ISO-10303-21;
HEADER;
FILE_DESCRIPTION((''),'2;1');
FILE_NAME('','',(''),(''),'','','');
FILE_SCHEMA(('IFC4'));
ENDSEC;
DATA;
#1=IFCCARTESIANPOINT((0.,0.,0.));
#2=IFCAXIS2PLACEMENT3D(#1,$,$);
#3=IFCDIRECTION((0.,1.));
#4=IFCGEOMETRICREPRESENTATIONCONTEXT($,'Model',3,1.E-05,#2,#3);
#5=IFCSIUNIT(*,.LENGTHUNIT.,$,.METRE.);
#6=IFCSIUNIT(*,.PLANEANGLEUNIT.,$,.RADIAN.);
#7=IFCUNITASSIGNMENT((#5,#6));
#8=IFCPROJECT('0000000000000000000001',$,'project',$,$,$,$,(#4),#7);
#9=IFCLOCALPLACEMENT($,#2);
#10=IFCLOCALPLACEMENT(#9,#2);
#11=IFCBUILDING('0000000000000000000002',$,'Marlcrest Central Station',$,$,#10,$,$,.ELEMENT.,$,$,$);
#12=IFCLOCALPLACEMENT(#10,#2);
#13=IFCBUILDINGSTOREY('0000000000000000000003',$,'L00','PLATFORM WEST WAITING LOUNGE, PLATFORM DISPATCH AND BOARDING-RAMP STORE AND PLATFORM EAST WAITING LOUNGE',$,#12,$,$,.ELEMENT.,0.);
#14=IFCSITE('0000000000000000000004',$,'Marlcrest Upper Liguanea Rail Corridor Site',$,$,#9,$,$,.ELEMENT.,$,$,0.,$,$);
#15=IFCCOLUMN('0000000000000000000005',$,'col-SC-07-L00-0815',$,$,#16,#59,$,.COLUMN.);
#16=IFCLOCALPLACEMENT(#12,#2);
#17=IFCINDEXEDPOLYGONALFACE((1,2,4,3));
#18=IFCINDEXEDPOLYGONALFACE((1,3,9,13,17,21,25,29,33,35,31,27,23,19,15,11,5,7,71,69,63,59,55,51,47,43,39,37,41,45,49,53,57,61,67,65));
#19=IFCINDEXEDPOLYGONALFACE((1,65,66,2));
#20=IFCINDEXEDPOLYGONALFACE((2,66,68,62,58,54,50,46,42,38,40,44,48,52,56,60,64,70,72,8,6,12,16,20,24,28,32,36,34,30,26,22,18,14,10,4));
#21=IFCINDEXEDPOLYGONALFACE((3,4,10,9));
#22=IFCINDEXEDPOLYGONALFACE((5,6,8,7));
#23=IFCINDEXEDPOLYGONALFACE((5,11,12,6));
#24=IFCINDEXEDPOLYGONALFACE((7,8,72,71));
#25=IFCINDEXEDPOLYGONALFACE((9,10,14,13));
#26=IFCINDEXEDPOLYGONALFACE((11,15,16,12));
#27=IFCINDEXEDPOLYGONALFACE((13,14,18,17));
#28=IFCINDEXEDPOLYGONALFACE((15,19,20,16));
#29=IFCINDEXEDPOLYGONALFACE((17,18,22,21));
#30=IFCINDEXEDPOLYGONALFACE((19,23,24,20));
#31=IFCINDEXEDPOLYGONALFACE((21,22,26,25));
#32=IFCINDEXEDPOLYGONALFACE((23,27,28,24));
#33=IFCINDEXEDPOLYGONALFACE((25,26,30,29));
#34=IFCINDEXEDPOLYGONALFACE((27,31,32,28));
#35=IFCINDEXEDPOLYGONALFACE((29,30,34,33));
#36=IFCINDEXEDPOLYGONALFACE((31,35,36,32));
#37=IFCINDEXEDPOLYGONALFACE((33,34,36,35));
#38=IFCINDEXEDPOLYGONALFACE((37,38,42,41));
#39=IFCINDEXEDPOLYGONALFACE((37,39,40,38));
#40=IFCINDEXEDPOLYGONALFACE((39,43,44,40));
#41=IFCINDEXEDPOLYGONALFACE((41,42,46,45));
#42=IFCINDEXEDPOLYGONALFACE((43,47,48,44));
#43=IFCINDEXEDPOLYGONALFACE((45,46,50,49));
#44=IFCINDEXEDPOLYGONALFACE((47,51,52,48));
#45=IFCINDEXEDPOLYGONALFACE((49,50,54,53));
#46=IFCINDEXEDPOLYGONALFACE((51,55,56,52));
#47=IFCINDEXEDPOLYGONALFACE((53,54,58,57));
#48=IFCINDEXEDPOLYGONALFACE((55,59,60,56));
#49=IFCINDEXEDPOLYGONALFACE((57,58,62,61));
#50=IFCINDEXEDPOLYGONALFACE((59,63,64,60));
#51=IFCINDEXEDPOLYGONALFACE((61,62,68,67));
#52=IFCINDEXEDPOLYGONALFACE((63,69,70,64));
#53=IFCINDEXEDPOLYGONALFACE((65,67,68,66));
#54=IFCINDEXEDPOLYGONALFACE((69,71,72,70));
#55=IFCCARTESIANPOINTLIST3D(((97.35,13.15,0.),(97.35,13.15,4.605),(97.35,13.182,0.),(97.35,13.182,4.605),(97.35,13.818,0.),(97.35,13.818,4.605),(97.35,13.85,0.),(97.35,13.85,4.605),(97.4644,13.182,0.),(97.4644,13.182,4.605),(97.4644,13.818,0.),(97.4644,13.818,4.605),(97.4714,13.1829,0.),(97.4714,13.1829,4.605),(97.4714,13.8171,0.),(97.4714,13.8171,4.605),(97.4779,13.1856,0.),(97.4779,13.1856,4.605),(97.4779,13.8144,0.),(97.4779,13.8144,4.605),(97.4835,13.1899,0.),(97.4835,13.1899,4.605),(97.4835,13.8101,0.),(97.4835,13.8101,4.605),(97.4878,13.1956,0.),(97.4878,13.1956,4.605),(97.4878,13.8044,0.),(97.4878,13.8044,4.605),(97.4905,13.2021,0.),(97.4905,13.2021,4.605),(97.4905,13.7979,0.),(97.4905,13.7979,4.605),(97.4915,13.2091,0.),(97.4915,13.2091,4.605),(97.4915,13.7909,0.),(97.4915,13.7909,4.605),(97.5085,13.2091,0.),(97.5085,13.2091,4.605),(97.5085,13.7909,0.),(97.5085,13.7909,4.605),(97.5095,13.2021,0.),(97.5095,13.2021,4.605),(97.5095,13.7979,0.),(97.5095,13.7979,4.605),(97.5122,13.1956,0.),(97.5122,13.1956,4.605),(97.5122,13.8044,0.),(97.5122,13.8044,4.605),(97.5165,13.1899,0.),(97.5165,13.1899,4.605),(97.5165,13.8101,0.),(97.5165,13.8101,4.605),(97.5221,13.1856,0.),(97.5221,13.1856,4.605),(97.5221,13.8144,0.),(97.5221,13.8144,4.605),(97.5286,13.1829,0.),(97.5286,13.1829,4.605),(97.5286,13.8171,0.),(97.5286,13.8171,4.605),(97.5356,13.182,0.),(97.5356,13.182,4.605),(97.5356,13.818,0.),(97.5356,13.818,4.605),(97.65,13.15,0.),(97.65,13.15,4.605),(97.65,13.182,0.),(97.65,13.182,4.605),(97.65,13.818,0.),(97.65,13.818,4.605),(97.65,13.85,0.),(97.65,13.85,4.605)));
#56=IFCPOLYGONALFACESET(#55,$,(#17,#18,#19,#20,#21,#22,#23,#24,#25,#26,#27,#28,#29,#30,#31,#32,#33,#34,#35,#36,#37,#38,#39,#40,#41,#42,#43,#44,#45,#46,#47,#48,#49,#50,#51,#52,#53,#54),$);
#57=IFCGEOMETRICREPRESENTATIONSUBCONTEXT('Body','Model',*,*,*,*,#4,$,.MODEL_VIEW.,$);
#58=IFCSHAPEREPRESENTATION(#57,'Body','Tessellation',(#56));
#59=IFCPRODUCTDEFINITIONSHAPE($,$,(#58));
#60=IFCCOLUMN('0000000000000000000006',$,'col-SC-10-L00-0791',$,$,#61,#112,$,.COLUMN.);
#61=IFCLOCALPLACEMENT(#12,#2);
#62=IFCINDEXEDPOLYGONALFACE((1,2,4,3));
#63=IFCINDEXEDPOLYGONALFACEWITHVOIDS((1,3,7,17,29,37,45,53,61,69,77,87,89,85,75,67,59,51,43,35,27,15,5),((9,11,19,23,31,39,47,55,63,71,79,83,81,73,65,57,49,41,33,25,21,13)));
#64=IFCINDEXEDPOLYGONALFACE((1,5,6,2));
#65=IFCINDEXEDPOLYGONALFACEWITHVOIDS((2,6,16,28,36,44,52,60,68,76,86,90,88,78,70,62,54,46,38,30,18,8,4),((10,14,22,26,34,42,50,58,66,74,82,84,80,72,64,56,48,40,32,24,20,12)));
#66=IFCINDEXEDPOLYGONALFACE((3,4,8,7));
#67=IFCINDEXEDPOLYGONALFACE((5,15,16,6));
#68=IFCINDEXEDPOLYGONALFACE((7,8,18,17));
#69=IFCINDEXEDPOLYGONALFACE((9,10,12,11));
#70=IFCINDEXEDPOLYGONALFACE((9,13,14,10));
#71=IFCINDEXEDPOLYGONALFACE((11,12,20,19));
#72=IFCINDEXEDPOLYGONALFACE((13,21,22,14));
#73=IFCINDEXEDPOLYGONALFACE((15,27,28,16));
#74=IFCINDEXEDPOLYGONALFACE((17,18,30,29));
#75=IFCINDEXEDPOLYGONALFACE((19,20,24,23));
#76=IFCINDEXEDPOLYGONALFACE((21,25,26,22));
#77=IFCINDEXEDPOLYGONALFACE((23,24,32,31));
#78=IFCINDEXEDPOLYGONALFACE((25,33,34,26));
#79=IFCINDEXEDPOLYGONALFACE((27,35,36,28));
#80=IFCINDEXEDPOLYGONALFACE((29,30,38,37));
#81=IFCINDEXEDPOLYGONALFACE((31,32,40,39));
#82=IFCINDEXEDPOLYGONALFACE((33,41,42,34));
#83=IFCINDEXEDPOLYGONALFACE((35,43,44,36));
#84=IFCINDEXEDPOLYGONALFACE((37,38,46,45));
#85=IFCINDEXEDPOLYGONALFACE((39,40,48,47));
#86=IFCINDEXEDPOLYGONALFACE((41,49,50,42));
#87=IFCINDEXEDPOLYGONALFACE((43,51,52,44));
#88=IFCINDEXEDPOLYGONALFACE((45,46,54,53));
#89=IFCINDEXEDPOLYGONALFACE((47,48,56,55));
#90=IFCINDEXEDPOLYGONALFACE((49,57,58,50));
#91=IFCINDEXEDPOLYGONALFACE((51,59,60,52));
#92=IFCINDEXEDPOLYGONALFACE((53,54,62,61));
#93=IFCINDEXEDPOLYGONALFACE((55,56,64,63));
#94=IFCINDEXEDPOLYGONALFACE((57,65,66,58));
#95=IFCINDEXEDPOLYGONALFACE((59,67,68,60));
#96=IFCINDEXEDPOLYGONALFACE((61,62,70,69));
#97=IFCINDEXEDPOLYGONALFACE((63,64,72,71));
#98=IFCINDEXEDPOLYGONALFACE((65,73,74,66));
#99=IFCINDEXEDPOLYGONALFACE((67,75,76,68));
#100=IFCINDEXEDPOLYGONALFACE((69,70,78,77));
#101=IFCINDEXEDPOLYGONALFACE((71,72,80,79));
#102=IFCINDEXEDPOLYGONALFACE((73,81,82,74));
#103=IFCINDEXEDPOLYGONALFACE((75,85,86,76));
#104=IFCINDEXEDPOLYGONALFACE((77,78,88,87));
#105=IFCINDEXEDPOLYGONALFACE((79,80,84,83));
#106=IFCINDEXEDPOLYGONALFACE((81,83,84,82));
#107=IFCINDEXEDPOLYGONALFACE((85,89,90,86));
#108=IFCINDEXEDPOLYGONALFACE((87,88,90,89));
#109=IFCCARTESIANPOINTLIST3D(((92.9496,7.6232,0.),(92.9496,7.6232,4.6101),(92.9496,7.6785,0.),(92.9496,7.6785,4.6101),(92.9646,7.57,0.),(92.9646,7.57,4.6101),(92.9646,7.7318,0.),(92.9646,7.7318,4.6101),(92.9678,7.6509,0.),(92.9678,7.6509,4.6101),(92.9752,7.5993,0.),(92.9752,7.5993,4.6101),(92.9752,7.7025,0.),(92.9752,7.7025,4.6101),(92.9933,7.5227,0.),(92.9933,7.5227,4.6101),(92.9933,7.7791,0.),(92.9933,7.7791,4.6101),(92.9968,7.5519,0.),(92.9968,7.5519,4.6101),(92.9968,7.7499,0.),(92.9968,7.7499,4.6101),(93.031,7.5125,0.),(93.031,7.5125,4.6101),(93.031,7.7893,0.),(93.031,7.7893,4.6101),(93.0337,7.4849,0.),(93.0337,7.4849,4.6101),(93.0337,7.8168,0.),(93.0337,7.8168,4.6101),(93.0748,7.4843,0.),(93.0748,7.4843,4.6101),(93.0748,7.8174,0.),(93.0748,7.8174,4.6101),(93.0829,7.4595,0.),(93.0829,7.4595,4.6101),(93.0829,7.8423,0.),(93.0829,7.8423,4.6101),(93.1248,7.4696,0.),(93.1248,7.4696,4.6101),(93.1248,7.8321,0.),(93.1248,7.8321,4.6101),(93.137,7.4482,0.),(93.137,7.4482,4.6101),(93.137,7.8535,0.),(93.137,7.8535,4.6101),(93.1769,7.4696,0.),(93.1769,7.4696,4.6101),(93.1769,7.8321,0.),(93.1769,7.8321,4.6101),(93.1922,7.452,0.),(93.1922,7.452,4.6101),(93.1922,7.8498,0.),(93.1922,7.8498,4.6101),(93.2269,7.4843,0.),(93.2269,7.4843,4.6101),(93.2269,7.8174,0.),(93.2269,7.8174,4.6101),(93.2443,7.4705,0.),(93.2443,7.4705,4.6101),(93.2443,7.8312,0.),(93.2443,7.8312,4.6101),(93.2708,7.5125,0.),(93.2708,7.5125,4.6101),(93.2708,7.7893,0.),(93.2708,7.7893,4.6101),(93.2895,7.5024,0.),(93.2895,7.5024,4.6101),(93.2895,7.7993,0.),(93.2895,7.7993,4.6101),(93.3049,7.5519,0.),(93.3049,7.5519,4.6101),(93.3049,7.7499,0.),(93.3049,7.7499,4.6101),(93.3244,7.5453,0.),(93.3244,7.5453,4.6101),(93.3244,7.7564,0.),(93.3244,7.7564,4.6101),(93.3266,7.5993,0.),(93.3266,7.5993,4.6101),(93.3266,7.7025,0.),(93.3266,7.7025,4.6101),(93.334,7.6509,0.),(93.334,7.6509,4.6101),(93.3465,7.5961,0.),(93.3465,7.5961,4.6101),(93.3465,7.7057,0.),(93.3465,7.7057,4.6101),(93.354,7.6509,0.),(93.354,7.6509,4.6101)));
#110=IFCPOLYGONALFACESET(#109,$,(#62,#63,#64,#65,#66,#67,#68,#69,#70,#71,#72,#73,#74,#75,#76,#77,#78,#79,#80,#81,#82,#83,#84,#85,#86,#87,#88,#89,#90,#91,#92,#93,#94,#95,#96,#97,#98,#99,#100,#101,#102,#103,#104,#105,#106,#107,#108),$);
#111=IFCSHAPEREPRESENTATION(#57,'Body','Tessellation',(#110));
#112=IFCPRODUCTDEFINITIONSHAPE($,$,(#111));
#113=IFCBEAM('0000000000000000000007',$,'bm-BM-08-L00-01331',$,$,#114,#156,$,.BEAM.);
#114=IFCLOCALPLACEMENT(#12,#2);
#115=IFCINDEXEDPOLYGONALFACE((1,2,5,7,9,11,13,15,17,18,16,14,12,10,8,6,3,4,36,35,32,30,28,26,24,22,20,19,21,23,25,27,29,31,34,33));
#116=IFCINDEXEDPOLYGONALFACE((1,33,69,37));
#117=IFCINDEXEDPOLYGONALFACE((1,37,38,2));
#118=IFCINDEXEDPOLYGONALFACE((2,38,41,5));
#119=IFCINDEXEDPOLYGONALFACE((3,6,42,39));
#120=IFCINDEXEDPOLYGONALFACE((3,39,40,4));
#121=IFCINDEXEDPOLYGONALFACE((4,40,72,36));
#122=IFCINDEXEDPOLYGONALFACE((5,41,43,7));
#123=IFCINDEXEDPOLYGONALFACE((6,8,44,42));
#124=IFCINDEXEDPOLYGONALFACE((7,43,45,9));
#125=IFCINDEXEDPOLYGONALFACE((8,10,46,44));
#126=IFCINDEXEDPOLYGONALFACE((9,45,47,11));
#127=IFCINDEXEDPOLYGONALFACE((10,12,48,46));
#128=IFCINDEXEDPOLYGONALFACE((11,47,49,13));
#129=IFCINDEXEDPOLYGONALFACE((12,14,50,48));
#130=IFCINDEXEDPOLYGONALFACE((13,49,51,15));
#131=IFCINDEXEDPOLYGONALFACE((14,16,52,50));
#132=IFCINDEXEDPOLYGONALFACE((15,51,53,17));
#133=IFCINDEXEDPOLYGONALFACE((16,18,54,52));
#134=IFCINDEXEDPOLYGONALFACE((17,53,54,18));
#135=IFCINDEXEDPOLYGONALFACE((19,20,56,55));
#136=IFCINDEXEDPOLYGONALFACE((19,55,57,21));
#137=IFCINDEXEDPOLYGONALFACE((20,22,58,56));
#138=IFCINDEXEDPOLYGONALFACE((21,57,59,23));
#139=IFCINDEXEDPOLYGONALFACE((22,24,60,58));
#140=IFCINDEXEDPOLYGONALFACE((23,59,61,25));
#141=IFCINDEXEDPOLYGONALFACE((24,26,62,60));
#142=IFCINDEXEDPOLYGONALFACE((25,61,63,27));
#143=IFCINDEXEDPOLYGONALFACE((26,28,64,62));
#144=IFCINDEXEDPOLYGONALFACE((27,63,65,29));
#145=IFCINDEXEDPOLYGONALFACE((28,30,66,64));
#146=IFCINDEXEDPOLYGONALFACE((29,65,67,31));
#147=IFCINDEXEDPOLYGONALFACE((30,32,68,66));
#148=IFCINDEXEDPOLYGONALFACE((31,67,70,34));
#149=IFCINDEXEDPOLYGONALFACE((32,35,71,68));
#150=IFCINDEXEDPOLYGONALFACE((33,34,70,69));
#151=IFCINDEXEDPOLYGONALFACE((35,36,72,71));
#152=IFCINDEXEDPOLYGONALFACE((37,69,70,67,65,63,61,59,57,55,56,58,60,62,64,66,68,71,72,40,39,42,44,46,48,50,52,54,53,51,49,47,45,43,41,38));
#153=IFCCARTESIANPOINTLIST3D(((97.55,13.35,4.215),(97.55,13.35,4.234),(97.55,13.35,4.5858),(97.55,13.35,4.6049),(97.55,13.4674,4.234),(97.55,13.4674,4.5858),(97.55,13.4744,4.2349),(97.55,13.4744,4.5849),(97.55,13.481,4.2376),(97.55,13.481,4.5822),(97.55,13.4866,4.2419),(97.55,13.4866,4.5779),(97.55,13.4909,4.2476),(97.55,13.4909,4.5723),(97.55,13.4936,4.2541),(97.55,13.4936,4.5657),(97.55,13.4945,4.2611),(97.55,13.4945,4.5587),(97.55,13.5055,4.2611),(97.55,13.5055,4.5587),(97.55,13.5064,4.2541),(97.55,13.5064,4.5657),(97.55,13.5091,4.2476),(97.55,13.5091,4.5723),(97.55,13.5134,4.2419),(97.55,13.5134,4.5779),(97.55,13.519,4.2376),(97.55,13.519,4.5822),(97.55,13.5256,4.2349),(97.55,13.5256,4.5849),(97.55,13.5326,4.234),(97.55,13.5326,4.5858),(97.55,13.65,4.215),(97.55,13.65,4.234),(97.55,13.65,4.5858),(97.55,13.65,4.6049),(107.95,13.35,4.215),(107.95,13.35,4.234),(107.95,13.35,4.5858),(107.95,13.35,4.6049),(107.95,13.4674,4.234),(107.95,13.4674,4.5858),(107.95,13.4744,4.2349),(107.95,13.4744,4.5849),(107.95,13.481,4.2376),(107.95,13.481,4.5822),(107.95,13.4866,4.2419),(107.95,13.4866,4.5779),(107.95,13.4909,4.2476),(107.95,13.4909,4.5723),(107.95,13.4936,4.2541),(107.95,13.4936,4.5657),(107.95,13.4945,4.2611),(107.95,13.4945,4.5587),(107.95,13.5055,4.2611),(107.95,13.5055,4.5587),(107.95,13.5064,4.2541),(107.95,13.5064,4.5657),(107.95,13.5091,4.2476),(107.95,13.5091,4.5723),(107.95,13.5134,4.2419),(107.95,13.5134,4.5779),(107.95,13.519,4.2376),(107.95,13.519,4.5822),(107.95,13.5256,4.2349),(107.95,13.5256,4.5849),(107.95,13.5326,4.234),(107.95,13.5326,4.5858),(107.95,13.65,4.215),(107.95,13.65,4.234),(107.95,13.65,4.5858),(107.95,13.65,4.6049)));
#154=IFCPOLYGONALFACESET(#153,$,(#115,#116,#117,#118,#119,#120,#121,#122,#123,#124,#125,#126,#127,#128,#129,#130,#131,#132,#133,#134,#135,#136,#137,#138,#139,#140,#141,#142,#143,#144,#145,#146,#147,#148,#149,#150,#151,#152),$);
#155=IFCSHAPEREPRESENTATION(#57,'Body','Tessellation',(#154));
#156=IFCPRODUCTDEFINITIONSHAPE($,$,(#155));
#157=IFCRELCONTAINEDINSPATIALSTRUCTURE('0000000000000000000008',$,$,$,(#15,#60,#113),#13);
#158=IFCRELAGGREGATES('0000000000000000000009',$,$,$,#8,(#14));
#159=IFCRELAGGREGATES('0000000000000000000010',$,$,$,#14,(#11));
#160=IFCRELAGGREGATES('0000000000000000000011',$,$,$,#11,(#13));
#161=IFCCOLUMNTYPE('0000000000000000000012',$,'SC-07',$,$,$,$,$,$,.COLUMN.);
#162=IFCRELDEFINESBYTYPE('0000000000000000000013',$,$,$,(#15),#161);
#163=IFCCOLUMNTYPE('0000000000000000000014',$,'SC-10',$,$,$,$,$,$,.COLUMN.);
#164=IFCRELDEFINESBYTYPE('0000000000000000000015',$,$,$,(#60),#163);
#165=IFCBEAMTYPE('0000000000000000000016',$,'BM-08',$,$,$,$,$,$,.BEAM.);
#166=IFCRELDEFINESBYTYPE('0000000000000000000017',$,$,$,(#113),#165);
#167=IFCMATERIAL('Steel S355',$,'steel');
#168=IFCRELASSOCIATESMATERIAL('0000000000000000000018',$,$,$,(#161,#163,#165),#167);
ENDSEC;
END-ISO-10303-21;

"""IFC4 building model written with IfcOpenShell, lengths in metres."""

from ifc_helpers import new_model, si_unit, direction, frame, origin, origin_2d, place, context, subcontext, project, spatial, hollow_circle, i_section, extrude, material, material_profile, profile_set, type_object, element, save


model = new_model("IFC4")

# Units and contexts
model_context = context("Model", 3, precision=1e-05, world=origin(), true_north=direction((0.0, 1.0)))
body_context = subcontext(model_context, "Body", "Model", "MODEL_VIEW")
ifc_project = project(units=[si_unit("LENGTHUNIT", "METRE"), si_unit("PLANEANGLEUNIT", "RADIAN")], contexts=[model_context])

# Site, building, storey
site_placement = place(None, origin())
site = spatial("IfcSite", under=ifc_project, at=site_placement, Name="Marlcrest Upper Liguanea Rail Corridor Site", CompositionType="ELEMENT", RefElevation=0.0)
building_placement = place(site_placement, origin())
building = spatial("IfcBuilding", under=site, at=building_placement, Name="Marlcrest Central Station", CompositionType="ELEMENT")
storey_placement = place(building_placement, origin())
storey = spatial("IfcBuildingStorey", under=building, at=storey_placement, Name="L00", Description="PLATFORM WEST WAITING LOUNGE, PLATFORM DISPATCH AND BOARDING-RAMP STORE AND PLATFORM EAST WAITING LOUNGE", CompositionType="ELEMENT", Elevation=0.0)

# Columns
ifc_material_1 = material(Name="Steel S355", Category="steel")
ifc_material_profile_1 = material_profile(ifc_material_1, i_section(OverallWidth=0.3, OverallDepth=0.7, WebThickness=0.0171, FlangeThickness=0.032, FilletRadius=0.0271, at=origin_2d()), Name="HEB 700")
ifc_profile_set_1 = profile_set([ifc_material_profile_1], Name="Steel S355")
column_type_1 = type_object("IfcColumnType", Name="SC-07", PredefinedType="COLUMN", material=ifc_profile_set_1)
column_1_placement = place(storey_placement, frame((97.5, 13.5, 0.0), z_axis=(0.0, 0.0, 1.0), x_axis=(1.0, 0.0, 0.0)))
element("IfcColumn", 1, at=column_1_placement, inside=storey, type_object=column_type_1, Name="col-SC-07-L00-0815", PredefinedType="COLUMN", context=body_context, shape_type="SweptSolid", body=[
    extrude(i_section(OverallWidth=0.3, OverallDepth=0.7, WebThickness=0.0171, FlangeThickness=0.032, FilletRadius=0.0271, at=origin_2d()), origin(), (0.0, 0.0, 1.0), 4.605),
])
ifc_material_profile_2 = material_profile(ifc_material_1, hollow_circle(Radius=0.2031, WallThickness=0.02, at=origin_2d()), Name="CHS 406.4x20")
ifc_profile_set_2 = profile_set([ifc_material_profile_2], Name="Steel S355")
column_type_2 = type_object("IfcColumnType", Name="SC-10", PredefinedType="COLUMN", material=ifc_profile_set_2)
column_2_placement = place(storey_placement, frame((93.1509, 7.6509, 0.0), z_axis=(0.0, 0.0, 1.0), x_axis=(1.0, 0.0, 0.0)))
element("IfcColumn", 2, at=column_2_placement, inside=storey, type_object=column_type_2, Name="col-SC-10-L00-0791", PredefinedType="COLUMN", context=body_context, shape_type="SweptSolid", body=[
    extrude(hollow_circle(Radius=0.2031, WallThickness=0.02, at=origin_2d()), origin(), (0.0, 0.0, 1.0), 4.6101),
])

# Beam
ifc_material_profile_3 = material_profile(ifc_material_1, i_section(OverallWidth=0.3, OverallDepth=0.3899, WebThickness=0.011, FlangeThickness=0.019, FilletRadius=0.0271, at=origin_2d()), Name="HEA 400")
ifc_profile_set_3 = profile_set([ifc_material_profile_3], Name="Steel S355")
beam_type_1 = type_object("IfcBeamType", Name="BM-08", PredefinedType="BEAM", material=ifc_profile_set_3)
beam_1_placement = place(storey_placement, frame((97.55, 13.5, 4.4099), z_axis=(1.0, 0.0, 0.0), x_axis=(0.0, 1.0, 0.0)))
element("IfcBeam", 3, at=beam_1_placement, inside=storey, type_object=beam_type_1, Name="bm-BM-08-L00-01331", PredefinedType="BEAM", context=body_context, shape_type="SweptSolid", body=[
    extrude(i_section(OverallWidth=0.3, OverallDepth=0.3899, WebThickness=0.011, FlangeThickness=0.019, FilletRadius=0.0271, at=origin_2d()), origin(), (0.0, 0.0, 1.0), 10.3999),
])

save(model, "model.ifc")
